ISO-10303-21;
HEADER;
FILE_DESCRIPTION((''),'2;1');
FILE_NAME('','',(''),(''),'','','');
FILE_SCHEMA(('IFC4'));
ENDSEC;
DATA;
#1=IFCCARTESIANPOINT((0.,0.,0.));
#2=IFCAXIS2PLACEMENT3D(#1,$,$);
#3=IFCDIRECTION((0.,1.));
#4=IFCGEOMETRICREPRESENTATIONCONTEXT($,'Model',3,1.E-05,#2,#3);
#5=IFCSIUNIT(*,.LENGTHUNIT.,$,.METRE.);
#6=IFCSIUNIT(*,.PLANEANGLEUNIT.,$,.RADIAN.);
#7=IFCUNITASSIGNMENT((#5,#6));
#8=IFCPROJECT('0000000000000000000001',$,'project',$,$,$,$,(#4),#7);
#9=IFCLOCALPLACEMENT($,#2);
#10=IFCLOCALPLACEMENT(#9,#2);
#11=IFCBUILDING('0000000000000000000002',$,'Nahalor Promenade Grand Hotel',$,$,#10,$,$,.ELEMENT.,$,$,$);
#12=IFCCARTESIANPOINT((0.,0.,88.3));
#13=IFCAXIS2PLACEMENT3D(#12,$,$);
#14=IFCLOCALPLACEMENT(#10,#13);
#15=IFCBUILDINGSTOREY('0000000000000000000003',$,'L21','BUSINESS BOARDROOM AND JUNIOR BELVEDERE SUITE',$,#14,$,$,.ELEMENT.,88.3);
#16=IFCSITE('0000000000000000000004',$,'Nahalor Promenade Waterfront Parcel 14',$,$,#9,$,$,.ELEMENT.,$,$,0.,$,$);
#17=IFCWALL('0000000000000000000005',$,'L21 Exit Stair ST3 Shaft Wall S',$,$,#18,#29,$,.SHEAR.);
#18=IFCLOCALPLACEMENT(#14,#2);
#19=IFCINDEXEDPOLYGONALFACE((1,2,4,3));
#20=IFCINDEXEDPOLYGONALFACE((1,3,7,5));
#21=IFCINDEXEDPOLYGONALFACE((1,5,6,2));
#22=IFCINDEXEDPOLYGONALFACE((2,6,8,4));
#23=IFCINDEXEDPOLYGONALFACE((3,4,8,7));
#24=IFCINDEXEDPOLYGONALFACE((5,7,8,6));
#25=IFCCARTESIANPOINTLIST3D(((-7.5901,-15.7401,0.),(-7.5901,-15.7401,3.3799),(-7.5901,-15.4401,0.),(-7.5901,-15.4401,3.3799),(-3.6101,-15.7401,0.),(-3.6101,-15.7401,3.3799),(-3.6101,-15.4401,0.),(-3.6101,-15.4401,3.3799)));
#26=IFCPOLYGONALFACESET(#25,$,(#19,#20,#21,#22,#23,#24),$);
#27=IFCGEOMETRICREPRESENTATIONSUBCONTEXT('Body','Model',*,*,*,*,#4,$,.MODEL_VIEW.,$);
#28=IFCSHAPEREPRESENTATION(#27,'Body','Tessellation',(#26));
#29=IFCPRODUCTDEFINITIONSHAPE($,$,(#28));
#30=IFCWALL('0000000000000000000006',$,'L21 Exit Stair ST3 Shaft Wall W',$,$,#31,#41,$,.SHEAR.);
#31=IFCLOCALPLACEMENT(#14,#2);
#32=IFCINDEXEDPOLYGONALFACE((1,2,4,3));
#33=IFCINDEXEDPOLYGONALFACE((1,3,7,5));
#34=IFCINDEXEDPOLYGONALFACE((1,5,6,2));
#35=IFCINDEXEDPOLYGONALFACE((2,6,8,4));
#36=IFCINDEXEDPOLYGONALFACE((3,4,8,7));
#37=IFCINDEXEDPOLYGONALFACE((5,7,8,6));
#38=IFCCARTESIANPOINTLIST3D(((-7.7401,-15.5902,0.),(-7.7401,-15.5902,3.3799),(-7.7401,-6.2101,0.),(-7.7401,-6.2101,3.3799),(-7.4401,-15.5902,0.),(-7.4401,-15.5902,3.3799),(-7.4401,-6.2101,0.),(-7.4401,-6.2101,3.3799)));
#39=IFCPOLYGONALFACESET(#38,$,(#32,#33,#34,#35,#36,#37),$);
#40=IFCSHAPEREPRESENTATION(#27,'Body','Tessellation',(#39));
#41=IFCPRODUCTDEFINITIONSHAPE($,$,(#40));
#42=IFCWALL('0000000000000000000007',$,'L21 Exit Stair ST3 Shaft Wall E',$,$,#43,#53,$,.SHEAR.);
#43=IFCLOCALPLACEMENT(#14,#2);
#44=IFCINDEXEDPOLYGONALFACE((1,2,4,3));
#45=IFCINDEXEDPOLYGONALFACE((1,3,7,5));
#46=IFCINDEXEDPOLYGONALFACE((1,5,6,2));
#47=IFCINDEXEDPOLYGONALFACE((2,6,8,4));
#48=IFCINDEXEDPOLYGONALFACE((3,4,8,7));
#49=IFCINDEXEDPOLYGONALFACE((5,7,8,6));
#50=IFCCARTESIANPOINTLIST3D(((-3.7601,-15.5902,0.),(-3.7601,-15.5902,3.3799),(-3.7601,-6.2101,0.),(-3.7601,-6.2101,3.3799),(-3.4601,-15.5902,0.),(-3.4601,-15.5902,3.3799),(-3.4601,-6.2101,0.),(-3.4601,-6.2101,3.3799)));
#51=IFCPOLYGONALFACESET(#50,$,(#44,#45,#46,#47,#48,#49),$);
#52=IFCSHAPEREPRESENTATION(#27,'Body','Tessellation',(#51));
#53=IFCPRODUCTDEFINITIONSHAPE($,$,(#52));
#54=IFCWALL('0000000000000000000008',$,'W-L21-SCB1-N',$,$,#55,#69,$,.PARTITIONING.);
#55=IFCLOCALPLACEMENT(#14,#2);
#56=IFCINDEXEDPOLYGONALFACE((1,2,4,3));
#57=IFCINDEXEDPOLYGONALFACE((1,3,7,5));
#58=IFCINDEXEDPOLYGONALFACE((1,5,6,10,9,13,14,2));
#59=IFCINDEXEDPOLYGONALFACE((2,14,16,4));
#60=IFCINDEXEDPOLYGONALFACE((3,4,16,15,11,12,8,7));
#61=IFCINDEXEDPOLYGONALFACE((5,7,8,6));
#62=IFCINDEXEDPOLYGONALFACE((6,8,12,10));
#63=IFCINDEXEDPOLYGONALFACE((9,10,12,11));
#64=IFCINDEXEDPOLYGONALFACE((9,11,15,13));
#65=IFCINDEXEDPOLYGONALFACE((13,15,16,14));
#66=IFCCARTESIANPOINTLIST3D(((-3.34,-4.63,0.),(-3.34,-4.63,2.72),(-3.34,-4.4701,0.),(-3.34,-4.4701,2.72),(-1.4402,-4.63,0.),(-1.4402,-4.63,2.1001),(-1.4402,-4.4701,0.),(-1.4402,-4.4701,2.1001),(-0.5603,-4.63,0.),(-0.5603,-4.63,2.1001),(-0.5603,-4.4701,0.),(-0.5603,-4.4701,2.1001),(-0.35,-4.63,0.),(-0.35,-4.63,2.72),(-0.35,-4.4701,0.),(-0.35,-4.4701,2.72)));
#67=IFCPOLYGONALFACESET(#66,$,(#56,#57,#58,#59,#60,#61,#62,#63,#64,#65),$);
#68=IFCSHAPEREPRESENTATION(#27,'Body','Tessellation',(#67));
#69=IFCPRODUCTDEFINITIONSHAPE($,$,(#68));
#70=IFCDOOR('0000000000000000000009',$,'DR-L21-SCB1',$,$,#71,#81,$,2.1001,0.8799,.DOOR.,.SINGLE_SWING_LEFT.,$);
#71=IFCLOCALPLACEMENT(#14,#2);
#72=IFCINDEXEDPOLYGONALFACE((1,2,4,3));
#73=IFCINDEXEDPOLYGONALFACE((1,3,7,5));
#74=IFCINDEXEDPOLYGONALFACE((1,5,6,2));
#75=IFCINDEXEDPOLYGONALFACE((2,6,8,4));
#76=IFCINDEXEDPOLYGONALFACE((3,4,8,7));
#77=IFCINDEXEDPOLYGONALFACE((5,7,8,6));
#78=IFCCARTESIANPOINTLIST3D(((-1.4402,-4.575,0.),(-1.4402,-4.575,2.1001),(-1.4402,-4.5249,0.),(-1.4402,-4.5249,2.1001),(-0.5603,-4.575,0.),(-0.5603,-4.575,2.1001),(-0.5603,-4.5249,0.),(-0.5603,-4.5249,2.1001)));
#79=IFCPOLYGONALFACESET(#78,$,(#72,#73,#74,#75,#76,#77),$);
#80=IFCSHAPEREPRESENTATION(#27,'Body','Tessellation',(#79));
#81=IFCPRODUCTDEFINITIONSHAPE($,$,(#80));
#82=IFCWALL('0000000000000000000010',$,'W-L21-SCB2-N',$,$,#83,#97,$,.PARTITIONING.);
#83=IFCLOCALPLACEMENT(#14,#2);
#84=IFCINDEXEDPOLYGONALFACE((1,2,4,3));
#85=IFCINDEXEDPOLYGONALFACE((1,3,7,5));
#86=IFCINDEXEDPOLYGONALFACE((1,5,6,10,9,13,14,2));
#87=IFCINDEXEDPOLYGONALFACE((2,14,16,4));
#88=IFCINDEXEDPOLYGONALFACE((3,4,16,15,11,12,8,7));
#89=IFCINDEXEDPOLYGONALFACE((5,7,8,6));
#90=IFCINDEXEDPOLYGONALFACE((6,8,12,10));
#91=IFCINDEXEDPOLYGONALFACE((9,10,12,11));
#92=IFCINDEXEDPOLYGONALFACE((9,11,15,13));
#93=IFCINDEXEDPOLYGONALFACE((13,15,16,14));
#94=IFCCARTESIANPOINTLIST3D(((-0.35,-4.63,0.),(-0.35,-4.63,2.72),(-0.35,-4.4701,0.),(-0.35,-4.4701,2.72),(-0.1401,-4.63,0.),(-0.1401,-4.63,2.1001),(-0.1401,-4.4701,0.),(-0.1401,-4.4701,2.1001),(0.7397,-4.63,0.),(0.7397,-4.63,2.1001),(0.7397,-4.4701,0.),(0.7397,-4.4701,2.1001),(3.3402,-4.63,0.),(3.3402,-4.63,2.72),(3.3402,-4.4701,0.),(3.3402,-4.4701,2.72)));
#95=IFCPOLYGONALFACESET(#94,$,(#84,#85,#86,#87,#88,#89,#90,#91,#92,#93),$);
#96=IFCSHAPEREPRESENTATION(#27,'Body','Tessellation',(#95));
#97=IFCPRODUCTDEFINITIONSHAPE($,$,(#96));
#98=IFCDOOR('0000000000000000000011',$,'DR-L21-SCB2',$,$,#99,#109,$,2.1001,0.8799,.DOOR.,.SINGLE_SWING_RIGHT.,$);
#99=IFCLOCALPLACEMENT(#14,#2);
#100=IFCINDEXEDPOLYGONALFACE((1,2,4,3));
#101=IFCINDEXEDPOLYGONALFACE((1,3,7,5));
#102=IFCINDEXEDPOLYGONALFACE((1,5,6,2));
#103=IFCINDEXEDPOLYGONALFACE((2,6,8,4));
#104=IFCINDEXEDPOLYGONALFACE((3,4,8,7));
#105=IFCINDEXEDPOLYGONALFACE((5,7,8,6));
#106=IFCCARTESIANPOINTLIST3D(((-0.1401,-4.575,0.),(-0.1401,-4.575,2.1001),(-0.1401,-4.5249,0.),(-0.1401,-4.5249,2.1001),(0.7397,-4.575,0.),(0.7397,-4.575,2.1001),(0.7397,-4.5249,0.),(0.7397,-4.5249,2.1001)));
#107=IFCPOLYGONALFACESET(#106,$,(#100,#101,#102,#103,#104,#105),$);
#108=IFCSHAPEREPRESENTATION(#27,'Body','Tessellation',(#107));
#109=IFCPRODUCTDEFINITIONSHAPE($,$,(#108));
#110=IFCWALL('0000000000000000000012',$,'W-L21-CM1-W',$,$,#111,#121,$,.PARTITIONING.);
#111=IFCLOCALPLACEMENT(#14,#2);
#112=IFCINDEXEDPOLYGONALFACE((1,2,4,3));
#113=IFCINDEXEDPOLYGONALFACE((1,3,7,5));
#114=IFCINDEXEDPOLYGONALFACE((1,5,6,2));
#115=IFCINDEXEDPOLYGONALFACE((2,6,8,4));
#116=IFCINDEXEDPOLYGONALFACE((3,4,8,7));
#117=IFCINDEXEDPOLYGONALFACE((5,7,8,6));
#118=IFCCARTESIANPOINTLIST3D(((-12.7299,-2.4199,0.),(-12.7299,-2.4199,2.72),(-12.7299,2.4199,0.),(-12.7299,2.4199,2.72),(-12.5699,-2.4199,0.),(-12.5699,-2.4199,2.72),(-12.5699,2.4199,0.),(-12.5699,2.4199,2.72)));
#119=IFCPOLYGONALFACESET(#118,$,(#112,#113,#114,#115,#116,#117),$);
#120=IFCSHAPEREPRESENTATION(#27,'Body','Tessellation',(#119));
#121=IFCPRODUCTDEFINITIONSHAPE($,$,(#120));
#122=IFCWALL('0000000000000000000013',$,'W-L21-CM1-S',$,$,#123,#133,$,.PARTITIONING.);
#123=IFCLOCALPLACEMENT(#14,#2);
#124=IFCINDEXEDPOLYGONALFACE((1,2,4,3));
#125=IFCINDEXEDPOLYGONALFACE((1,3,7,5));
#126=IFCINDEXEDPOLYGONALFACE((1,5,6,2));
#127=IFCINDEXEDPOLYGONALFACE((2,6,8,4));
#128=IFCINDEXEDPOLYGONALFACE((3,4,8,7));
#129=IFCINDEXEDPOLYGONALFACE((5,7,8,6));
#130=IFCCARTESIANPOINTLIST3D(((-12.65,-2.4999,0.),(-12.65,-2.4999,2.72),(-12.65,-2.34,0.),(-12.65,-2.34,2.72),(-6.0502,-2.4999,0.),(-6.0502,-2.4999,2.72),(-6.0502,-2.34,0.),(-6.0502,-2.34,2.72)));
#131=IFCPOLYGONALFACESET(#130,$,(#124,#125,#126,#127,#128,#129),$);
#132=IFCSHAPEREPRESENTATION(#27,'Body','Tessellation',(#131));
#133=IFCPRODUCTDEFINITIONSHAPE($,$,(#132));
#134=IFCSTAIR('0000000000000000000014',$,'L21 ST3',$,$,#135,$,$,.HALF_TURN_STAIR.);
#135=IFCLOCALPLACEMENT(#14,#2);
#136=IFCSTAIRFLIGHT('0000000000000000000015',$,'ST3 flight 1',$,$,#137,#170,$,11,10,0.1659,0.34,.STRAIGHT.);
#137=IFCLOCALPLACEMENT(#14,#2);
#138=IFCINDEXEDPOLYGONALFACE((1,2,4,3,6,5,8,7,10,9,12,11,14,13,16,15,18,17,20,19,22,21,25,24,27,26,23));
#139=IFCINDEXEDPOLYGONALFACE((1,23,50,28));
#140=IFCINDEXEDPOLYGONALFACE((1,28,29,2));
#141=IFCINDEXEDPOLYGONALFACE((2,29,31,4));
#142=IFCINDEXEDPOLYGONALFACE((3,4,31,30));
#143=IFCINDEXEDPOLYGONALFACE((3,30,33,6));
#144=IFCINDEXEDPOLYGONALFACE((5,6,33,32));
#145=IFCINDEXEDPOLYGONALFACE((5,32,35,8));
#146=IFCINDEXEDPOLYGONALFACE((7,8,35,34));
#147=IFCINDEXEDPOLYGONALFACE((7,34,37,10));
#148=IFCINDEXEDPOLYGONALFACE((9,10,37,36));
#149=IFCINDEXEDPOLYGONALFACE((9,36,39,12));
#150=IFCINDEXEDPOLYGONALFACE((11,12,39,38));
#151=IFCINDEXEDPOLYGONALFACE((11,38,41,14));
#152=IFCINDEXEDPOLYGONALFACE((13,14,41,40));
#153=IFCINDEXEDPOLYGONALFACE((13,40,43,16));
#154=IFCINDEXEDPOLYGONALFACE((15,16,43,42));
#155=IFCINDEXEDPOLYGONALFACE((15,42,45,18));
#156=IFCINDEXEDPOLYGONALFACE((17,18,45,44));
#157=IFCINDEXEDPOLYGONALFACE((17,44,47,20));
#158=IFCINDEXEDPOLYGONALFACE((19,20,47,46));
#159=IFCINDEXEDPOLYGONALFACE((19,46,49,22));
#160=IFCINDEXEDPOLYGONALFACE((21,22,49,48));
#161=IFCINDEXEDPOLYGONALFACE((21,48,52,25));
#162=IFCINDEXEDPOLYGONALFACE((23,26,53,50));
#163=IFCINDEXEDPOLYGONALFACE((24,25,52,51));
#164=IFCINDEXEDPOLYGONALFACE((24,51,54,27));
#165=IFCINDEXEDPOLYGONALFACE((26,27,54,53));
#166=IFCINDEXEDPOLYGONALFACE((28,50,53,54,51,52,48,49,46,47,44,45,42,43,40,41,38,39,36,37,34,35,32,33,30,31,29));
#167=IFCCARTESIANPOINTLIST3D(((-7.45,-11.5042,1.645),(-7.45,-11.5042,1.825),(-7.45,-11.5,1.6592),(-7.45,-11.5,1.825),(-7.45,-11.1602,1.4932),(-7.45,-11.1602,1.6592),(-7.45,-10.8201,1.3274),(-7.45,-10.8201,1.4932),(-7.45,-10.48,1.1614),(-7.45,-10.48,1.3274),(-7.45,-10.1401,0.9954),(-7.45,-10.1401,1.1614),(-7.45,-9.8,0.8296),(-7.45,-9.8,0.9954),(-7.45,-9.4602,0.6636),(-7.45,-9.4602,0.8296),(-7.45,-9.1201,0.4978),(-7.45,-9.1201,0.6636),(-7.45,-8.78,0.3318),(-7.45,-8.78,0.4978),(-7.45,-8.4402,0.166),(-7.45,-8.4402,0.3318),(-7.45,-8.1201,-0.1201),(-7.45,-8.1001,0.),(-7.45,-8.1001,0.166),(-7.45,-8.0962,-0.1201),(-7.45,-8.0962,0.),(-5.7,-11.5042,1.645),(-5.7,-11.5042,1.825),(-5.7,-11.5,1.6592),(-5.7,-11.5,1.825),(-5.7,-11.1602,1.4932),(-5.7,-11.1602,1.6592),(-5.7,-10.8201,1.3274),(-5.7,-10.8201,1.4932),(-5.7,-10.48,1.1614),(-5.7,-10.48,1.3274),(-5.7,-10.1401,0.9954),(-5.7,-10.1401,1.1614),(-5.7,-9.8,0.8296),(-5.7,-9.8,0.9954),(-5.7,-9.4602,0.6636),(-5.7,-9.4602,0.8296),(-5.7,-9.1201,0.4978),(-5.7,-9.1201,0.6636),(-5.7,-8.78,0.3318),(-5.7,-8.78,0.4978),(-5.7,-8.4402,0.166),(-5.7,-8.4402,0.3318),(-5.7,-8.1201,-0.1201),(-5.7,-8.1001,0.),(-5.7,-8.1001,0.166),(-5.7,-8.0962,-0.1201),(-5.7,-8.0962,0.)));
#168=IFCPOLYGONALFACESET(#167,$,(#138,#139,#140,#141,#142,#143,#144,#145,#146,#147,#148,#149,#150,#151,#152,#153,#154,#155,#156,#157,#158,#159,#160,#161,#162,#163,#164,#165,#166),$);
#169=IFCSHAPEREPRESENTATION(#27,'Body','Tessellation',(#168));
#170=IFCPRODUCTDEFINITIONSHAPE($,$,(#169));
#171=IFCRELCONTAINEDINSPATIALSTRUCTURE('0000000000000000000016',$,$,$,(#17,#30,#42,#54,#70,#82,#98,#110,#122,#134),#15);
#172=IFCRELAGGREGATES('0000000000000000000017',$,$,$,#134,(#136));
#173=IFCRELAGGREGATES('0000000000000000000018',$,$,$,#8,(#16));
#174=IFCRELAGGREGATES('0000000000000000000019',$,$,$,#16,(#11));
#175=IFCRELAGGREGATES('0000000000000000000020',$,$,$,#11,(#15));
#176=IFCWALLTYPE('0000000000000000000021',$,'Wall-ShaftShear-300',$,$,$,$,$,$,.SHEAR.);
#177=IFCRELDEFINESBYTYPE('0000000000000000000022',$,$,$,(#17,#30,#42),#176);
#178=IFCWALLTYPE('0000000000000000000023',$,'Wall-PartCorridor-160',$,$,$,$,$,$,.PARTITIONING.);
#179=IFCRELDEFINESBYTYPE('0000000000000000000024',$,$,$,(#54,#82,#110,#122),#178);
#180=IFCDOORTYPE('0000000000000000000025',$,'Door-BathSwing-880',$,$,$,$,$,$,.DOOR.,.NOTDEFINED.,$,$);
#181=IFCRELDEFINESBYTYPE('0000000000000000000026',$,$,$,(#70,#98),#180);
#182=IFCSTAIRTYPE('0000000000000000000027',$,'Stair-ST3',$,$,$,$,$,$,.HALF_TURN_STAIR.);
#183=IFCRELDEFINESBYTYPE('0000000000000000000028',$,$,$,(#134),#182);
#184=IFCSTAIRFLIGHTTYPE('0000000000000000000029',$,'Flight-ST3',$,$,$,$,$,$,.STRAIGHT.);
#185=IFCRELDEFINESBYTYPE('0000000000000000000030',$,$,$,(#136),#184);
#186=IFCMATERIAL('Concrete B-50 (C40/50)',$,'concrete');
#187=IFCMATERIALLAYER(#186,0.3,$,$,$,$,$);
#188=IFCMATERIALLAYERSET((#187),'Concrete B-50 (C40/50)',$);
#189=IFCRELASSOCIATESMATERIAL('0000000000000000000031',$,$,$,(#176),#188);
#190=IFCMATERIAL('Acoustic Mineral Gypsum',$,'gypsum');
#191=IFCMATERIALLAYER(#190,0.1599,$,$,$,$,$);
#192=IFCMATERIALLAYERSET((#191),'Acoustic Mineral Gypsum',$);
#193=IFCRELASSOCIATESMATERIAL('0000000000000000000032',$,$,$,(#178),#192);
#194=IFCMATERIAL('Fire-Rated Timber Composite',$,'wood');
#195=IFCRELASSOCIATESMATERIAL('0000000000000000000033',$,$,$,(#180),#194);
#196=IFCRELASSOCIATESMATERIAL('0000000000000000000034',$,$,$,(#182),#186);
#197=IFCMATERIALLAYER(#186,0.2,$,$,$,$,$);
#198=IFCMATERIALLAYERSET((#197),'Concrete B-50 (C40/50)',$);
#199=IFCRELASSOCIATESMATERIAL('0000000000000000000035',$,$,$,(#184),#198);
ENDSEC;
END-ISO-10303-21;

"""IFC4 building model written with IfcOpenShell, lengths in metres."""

from ifc_helpers import new_model, si_unit, direction, frame, frame_2d, origin, place, context, subcontext, project, spatial, polyline, rectangle, outline, extrude, source, transform, mapped, material, layer, layer_set, type_object, element, fill, aggregate, save


model = new_model("IFC4")

# Units and contexts
model_context = context("Model", 3, precision=1e-05, world=origin(), true_north=direction((0.0, 1.0)))
body_context = subcontext(model_context, "Body", "Model", "MODEL_VIEW")
ifc_project = project(units=[si_unit("LENGTHUNIT", "METRE"), si_unit("PLANEANGLEUNIT", "RADIAN")], contexts=[model_context])

# Site, building, storey
site_placement = place(None, origin())
site = spatial("IfcSite", under=ifc_project, at=site_placement, Name="Nahalor Promenade Waterfront Parcel 14", CompositionType="ELEMENT", RefElevation=0.0)
building_placement = place(site_placement, origin())
building = spatial("IfcBuilding", under=site, at=building_placement, Name="Nahalor Promenade Grand Hotel", CompositionType="ELEMENT")
storey_placement = place(building_placement, frame((0.0, 0.0, 88.3)))
storey = spatial("IfcBuildingStorey", under=building, at=storey_placement, Name="L21", Description="BUSINESS BOARDROOM AND JUNIOR BELVEDERE SUITE", CompositionType="ELEMENT", Elevation=88.3)

# Wall
ifc_material_1 = material(Name="Concrete B-50 (C40/50)", Category="concrete")
ifc_layer_1 = layer(ifc_material_1, 0.3)
ifc_layer_set_1 = layer_set([ifc_layer_1], Name="Concrete B-50 (C40/50)")
wall_type_1 = type_object("IfcWallType", Name="Wall-ShaftShear-300", PredefinedType="SHEAR", material=ifc_layer_set_1)
shared_shape_1 = source(origin(), body_context, "Body", "SweptSolid", [
    extrude(rectangle(XDim=3.98, YDim=0.3, at=frame_2d((1.99, 0.0))), origin(), (0.0, 0.0, 1.0), 3.3799),
])
wall_1_placement = place(storey_placement, frame((-7.5901, -15.5901, 0.0), z_axis=(0.0, 0.0, 1.0), x_axis=(1.0, 0.0, 0.0)))
element("IfcWall", 1, at=wall_1_placement, inside=storey, type_object=wall_type_1, Name="L21 Exit Stair ST3 Shaft Wall S", PredefinedType="SHEAR", context=body_context, shape_type="MappedRepresentation", body=[
    mapped(shared_shape_1, transform((0.0, 0.0, 0.0), scale=1.0)),
])

# Walls
shared_shape_2 = source(origin(), body_context, "Body", "SweptSolid", [
    extrude(rectangle(XDim=9.3801, YDim=0.3, at=frame_2d((4.6899, 0.0))), origin(), (0.0, 0.0, 1.0), 3.3799),
])
for number, where, z_axis, x_axis, name in (
    (2, (-7.5901, -15.5901, 0.0), (0.0, 0.0, 1.0), (0.0, 1.0, 0.0), "L21 Exit Stair ST3 Shaft Wall W"),
    (3, (-3.6101, -15.5901, 0.0), (0.0, 0.0, 1.0), (0.0, 1.0, 0.0), "L21 Exit Stair ST3 Shaft Wall E"),
):
    element("IfcWall", number, at=place(storey_placement, frame(where, z_axis=z_axis, x_axis=x_axis)), inside=storey, type_object=wall_type_1, Name=name, PredefinedType="SHEAR", context=body_context, shape_type="MappedRepresentation", body=[
        mapped(shared_shape_2, transform((0.0, 0.0, 0.0), scale=1.0)),
    ])

# Walls, openings, doors
ifc_material_2 = material(Name="Acoustic Mineral Gypsum", Category="gypsum")
ifc_layer_2 = layer(ifc_material_2, 0.1599)
ifc_layer_set_2 = layer_set([ifc_layer_2], Name="Acoustic Mineral Gypsum")
wall_type_2 = type_object("IfcWallType", Name="Wall-PartCorridor-160", PredefinedType="PARTITIONING", material=ifc_layer_set_2)
shared_shape_3 = source(origin(), body_context, "Body", "SweptSolid", [
    extrude(rectangle(XDim=2.99, YDim=0.1599, at=frame_2d((1.4951, 0.0))), origin(), (0.0, 0.0, 1.0), 2.72),
])
wall_2_placement = place(storey_placement, frame((-3.3401, -4.55, 0.0), z_axis=(0.0, 0.0, 1.0), x_axis=(1.0, 0.0, 0.0)))
wall_2 = element("IfcWall", 4, at=wall_2_placement, inside=storey, type_object=wall_type_2, Name="W-L21-SCB1-N", PredefinedType="PARTITIONING", context=body_context, shape_type="MappedRepresentation", body=[
    mapped(shared_shape_3, transform((0.0, 0.0, 0.0), scale=1.0)),
])
opening_1_placement = place(wall_2_placement, frame((1.8999, 0.0, 0.0)))
opening_1 = element("IfcOpeningElement", 5, at=opening_1_placement, cuts=wall_2, PredefinedType="OPENING", context=body_context, shape_type="SweptSolid", body=[
    extrude(rectangle(XDim=0.8799, YDim=2.1001, at=frame_2d((0.4399, 1.05))), frame((0.0, 0.0898, 0.0), z_axis=(0.0, -1.0, 0.0), x_axis=(1.0, 0.0, 0.0)), (0.0, 0.0, 1.0), 0.1799),
])
ifc_material_3 = material(Name="Fire-Rated Timber Composite", Category="wood")
door_type_1 = type_object("IfcDoorType", Name="Door-BathSwing-880", OperationType="NOTDEFINED", PredefinedType="DOOR", material=ifc_material_3)
shared_shape_4 = source(origin(), body_context, "Body", "SweptSolid", [
    extrude(rectangle(XDim=0.8799, YDim=2.1001, at=frame_2d((0.4399, 1.05))), frame((0.0, 0.0249, 0.0), z_axis=(0.0, -1.0, 0.0), x_axis=(1.0, 0.0, 0.0)), (0.0, 0.0, 1.0), 0.05),
])
door_1_placement = place(opening_1_placement, frame((0.8799, 0.0, 0.0), z_axis=(0.0, 0.0, 1.0), x_axis=(-1.0, 0.0, 0.0)))
door_1 = element("IfcDoor", 6, at=door_1_placement, inside=storey, type_object=door_type_1, Name="DR-L21-SCB1", OperationType="SINGLE_SWING_LEFT", OverallHeight=2.1001, OverallWidth=0.8799, PredefinedType="DOOR", context=body_context, shape_type="MappedRepresentation", body=[
    mapped(shared_shape_4, transform((0.0, 0.0, 0.0), scale=1.0)),
])
fill(opening_1, door_1)
shared_shape_5 = source(origin(), body_context, "Body", "SweptSolid", [
    extrude(rectangle(XDim=3.6902, YDim=0.1599, at=frame_2d((1.8452, 0.0))), origin(), (0.0, 0.0, 1.0), 2.72),
])
wall_3_placement = place(storey_placement, frame((-0.3501, -4.55, 0.0), z_axis=(0.0, 0.0, 1.0), x_axis=(1.0, 0.0, 0.0)))
wall_3 = element("IfcWall", 7, at=wall_3_placement, inside=storey, type_object=wall_type_2, Name="W-L21-SCB2-N", PredefinedType="PARTITIONING", context=body_context, shape_type="MappedRepresentation", body=[
    mapped(shared_shape_5, transform((0.0, 0.0, 0.0), scale=1.0)),
])
opening_2_placement = place(wall_3_placement, frame((0.21, 0.0, 0.0)))
opening_2 = element("IfcOpeningElement", 8, at=opening_2_placement, cuts=wall_3, PredefinedType="OPENING", context=body_context, shape_type="SweptSolid", body=[
    extrude(rectangle(XDim=0.8799, YDim=2.1001, at=frame_2d((0.4399, 1.05))), frame((0.0, 0.0898, 0.0), z_axis=(0.0, -1.0, 0.0), x_axis=(1.0, 0.0, 0.0)), (0.0, 0.0, 1.0), 0.1799),
])
door_2_placement = place(opening_2_placement, frame((0.8799, 0.0, 0.0), z_axis=(0.0, 0.0, 1.0), x_axis=(-1.0, 0.0, 0.0)))
door_2 = element("IfcDoor", 9, at=door_2_placement, inside=storey, type_object=door_type_1, Name="DR-L21-SCB2", OperationType="SINGLE_SWING_RIGHT", OverallHeight=2.1001, OverallWidth=0.8799, PredefinedType="DOOR", context=body_context, shape_type="MappedRepresentation", body=[
    mapped(shared_shape_4, transform((0.0, 0.0, 0.0), scale=1.0)),
])
fill(opening_2, door_2)

# Walls
shared_shape_6 = source(origin(), body_context, "Body", "SweptSolid", [
    extrude(rectangle(XDim=4.8398, YDim=0.1599, at=frame_2d((2.4199, 0.0))), origin(), (0.0, 0.0, 1.0), 2.72),
])
wall_4_placement = place(storey_placement, frame((-12.6499, -2.4199, 0.0), z_axis=(0.0, 0.0, 1.0), x_axis=(0.0, 1.0, 0.0)))
element("IfcWall", 10, at=wall_4_placement, inside=storey, type_object=wall_type_2, Name="W-L21-CM1-W", PredefinedType="PARTITIONING", context=body_context, shape_type="MappedRepresentation", body=[
    mapped(shared_shape_6, transform((0.0, 0.0, 0.0), scale=1.0)),
])
shared_shape_7 = source(origin(), body_context, "Body", "SweptSolid", [
    extrude(rectangle(XDim=6.5999, YDim=0.1599, at=frame_2d((3.2998, 0.0))), origin(), (0.0, 0.0, 1.0), 2.72),
])
wall_5_placement = place(storey_placement, frame((-12.6499, -2.4199, 0.0), z_axis=(0.0, 0.0, 1.0), x_axis=(1.0, 0.0, 0.0)))
element("IfcWall", 11, at=wall_5_placement, inside=storey, type_object=wall_type_2, Name="W-L21-CM1-S", PredefinedType="PARTITIONING", context=body_context, shape_type="MappedRepresentation", body=[
    mapped(shared_shape_7, transform((0.0, 0.0, 0.0), scale=1.0)),
])

# Stair, stair flight
stair_type = type_object("IfcStairType", Name="Stair-ST3", PredefinedType="HALF_TURN_STAIR", material=ifc_material_1)
stair_placement = place(storey_placement, origin())
stair = element("IfcStair", 12, at=stair_placement, inside=storey, type_object=stair_type, Name="L21 ST3", PredefinedType="HALF_TURN_STAIR")
ifc_layer_3 = layer(ifc_material_1, 0.2)
ifc_layer_set_3 = layer_set([ifc_layer_3], Name="Concrete B-50 (C40/50)")
stair_flight_type = type_object("IfcStairFlightType", Name="Flight-ST3", PredefinedType="STRAIGHT", material=ifc_layer_set_3)
shared_shape_8 = source(origin(), body_context, "Body", "SweptSolid", [
    extrude(outline(polyline([(-0.0039, -0.1201), (-0.0039, 0.0), (0.0, 0.0), (0.0, 0.166), (0.3401, 0.166), (0.3401, 0.3318), (0.6799, 0.3318), (0.6799, 0.4978), (1.02, 0.4978), (1.02, 0.6636), (1.3601, 0.6636), (1.3601, 0.8296), (1.7, 0.8296), (1.7, 0.9954), (2.04, 0.9954), (2.04, 1.1614), (2.3799, 1.1614), (2.3799, 1.3274), (2.72, 1.3274), (2.72, 1.4932), (3.0601, 1.4932), (3.0601, 1.6592), (3.3999, 1.6592), (3.3999, 1.825), (3.4041, 1.825), (3.4041, 1.645), (0.02, -0.1201), (-0.0039, -0.1201)])), frame((0.0, 0.875, 0.0), z_axis=(0.0, -1.0, 0.0), x_axis=(1.0, 0.0, 0.0)), (0.0, 0.0, 1.0), 1.75),
])
stair_flight_1_placement = place(storey_placement, frame((-6.575, -8.1001, 0.0), z_axis=(0.0, 0.0, 1.0), x_axis=(0.0, -1.0, 0.0)))
stair_flight_1 = element("IfcStairFlight", 13, at=stair_flight_1_placement, type_object=stair_flight_type, Name="ST3 flight 1", NumberOfRisers=11, NumberOfTreads=10, PredefinedType="STRAIGHT", RiserHeight=0.1659, TreadLength=0.34, context=body_context, shape_type="MappedRepresentation", body=[
    mapped(shared_shape_8, transform((0.0, 0.0, 0.0), scale=1.0)),
])
aggregate(stair, [stair_flight_1])

save(model, "model.ifc")
